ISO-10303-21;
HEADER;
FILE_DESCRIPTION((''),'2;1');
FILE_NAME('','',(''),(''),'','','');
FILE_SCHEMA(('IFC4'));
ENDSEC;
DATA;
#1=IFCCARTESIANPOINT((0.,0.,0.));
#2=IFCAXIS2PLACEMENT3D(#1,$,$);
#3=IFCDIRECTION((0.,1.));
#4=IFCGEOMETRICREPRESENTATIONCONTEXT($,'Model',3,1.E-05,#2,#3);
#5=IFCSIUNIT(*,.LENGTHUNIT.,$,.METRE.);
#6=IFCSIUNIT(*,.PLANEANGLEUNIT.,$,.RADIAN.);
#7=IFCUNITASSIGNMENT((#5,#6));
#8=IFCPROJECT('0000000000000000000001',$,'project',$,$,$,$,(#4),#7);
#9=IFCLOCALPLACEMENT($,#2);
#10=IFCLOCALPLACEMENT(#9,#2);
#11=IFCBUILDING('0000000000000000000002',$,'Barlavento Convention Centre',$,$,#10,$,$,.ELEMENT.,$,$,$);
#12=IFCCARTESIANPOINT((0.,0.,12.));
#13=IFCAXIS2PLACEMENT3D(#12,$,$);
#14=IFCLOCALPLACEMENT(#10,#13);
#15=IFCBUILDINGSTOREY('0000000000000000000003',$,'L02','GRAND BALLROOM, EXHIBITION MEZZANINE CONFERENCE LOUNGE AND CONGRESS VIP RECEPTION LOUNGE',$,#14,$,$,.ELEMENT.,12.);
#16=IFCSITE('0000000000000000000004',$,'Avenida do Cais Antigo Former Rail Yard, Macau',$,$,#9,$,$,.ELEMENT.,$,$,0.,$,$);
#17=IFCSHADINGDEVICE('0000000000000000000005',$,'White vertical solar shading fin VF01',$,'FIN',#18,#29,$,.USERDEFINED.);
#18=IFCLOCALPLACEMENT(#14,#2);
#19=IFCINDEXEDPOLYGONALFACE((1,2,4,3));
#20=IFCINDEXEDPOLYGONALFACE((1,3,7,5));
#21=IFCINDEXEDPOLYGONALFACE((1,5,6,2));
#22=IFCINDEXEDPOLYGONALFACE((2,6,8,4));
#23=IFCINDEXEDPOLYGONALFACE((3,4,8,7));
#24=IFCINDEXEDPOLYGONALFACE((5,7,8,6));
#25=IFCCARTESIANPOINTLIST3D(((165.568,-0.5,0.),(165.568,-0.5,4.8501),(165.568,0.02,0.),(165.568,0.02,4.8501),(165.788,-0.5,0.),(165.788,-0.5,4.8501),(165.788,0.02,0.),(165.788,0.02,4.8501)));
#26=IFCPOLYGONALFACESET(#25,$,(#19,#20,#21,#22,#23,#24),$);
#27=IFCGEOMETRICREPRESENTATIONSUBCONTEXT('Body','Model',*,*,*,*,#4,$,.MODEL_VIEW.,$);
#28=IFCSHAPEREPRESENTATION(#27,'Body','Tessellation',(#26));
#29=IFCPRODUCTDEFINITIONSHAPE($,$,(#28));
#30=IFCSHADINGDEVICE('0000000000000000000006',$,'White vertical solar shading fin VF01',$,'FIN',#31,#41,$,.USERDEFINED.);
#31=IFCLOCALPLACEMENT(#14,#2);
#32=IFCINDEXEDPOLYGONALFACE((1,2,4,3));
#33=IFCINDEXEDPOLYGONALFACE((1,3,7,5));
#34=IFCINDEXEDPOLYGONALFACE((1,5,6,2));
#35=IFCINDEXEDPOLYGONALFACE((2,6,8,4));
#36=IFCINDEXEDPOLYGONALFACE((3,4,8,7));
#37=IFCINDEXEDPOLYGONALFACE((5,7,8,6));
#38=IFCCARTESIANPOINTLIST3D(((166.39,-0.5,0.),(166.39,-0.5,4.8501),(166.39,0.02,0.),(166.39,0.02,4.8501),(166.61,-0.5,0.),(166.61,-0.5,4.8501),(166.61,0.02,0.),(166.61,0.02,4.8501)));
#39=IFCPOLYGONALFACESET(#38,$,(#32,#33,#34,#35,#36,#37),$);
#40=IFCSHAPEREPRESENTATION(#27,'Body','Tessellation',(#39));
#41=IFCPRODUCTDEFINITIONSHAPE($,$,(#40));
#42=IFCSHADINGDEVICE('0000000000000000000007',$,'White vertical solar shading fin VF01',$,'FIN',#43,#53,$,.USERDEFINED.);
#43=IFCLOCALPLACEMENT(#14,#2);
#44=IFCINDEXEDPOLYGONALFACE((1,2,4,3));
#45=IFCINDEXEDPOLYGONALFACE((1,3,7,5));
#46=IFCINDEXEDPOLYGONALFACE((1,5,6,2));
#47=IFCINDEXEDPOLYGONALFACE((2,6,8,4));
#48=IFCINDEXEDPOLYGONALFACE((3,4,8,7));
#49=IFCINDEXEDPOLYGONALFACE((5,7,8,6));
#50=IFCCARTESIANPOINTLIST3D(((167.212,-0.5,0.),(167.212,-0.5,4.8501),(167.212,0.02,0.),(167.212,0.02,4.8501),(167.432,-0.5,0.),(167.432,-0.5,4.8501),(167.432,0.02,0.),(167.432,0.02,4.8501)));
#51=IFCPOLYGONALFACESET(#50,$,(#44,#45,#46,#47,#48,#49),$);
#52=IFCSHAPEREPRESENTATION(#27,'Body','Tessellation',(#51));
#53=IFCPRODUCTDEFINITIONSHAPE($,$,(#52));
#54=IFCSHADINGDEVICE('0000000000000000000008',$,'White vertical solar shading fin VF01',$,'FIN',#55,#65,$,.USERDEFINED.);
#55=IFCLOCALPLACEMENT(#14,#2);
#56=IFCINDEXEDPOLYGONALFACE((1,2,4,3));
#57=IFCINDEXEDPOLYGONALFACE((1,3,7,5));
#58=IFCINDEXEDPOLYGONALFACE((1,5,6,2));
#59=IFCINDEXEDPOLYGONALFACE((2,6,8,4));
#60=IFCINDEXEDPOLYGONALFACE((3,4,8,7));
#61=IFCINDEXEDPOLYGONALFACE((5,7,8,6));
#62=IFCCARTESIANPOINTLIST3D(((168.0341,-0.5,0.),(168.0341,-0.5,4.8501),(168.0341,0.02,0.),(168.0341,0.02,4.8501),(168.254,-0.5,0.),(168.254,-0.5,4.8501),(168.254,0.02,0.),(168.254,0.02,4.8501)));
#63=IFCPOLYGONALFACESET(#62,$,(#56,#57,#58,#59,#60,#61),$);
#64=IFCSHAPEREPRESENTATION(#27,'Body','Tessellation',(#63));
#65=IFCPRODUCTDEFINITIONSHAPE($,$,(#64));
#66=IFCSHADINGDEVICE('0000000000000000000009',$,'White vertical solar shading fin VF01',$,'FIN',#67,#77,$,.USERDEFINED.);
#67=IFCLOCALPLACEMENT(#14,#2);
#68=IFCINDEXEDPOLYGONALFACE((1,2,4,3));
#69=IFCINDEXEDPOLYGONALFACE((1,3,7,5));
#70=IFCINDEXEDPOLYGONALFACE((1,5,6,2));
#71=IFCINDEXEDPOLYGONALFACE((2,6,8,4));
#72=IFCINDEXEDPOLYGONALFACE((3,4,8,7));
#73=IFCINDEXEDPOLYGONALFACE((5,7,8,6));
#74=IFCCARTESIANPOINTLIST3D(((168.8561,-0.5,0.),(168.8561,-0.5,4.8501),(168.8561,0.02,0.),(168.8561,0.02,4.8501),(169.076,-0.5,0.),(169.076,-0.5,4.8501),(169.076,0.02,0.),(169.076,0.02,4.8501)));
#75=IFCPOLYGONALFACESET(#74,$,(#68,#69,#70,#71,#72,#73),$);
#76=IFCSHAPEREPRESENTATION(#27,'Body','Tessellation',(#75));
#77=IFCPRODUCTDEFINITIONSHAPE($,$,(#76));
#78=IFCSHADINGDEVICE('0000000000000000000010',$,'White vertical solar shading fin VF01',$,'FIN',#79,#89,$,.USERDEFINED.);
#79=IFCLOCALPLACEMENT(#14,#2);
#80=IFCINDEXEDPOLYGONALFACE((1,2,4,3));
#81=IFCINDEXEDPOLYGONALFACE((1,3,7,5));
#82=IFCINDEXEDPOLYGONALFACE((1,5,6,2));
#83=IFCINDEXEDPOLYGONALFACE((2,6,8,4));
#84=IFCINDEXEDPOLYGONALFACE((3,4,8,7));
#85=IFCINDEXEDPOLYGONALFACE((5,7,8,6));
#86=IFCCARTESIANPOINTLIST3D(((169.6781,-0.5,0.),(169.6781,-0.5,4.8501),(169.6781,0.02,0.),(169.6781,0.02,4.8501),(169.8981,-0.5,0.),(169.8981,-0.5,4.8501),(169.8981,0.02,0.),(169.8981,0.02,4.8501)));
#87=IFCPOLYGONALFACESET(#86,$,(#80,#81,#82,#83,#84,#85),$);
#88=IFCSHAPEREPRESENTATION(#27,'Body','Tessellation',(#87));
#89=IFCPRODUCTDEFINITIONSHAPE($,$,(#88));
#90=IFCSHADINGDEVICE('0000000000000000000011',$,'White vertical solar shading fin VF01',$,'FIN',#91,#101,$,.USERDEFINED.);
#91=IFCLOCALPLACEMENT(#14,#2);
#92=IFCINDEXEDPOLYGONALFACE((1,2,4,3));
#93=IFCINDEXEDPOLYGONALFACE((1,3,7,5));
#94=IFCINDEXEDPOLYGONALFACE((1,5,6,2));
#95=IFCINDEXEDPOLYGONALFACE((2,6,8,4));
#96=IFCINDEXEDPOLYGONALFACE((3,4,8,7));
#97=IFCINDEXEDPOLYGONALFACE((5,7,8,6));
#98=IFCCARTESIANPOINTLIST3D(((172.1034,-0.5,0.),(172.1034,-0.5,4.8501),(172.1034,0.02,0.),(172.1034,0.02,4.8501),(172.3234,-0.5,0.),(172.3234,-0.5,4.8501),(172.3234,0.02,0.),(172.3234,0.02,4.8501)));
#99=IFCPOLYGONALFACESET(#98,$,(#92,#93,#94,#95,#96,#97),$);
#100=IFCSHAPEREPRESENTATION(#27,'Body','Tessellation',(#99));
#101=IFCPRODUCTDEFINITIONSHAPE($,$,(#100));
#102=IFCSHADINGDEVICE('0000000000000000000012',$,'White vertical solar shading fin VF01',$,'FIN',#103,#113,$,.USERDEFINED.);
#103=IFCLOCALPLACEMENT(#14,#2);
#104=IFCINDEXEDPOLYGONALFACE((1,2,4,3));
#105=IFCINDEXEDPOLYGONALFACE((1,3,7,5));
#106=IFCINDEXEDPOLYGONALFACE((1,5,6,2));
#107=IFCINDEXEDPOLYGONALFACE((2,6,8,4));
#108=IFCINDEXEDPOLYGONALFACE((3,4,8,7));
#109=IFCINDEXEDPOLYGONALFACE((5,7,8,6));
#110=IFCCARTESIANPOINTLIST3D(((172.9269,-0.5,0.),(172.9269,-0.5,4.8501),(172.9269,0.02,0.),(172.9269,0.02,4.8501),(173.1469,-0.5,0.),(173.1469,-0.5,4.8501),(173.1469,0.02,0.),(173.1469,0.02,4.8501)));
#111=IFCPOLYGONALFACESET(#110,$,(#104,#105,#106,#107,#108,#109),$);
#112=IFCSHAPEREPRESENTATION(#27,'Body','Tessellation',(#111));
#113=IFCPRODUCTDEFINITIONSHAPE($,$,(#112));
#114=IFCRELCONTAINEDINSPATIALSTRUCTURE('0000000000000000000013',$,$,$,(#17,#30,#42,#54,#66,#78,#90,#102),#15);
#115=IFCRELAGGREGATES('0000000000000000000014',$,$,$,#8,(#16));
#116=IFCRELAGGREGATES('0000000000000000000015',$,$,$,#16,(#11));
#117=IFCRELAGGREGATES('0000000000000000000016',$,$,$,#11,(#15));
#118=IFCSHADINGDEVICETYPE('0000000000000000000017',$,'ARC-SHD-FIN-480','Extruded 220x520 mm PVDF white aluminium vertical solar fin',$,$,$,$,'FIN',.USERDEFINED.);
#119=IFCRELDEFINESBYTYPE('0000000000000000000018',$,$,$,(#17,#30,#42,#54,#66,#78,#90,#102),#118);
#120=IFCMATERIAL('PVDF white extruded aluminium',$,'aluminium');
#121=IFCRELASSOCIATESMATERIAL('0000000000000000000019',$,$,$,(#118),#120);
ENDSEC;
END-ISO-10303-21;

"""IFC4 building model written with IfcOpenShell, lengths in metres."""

from ifc_helpers import new_model, si_unit, direction, frame, origin, origin_2d, place, context, subcontext, project, spatial, rectangle, extrude, material, type_object, element, save


model = new_model("IFC4")

# Units and contexts
model_context = context("Model", 3, precision=1e-05, world=origin(), true_north=direction((0.0, 1.0)))
body_context = subcontext(model_context, "Body", "Model", "MODEL_VIEW")
ifc_project = project(units=[si_unit("LENGTHUNIT", "METRE"), si_unit("PLANEANGLEUNIT", "RADIAN")], contexts=[model_context])

# Site, building, storey
site_placement = place(None, origin())
site = spatial("IfcSite", under=ifc_project, at=site_placement, Name="Avenida do Cais Antigo Former Rail Yard, Macau", CompositionType="ELEMENT", RefElevation=0.0)
building_placement = place(site_placement, origin())
building = spatial("IfcBuilding", under=site, at=building_placement, Name="Barlavento Convention Centre", CompositionType="ELEMENT")
storey_placement = place(building_placement, frame((0.0, 0.0, 12.0)))
storey = spatial("IfcBuildingStorey", under=building, at=storey_placement, Name="L02", Description="GRAND BALLROOM, EXHIBITION MEZZANINE CONFERENCE LOUNGE AND CONGRESS VIP RECEPTION LOUNGE", CompositionType="ELEMENT", Elevation=12.0)

# Shading devices
ifc_material_1 = material(Name="PVDF white extruded aluminium", Category="aluminium")
shading_device_type = type_object("IfcShadingDeviceType", Name="ARC-SHD-FIN-480", Description="Extruded 220x520 mm PVDF white aluminium vertical solar fin", ElementType="FIN", PredefinedType="USERDEFINED", material=ifc_material_1)
for number, where, z_axis, x_axis, name in (
    (1, (165.678, -0.24, 0.0), (0.0, 0.0, 1.0), (1.0, 0.0, 0.0), "White vertical solar shading fin VF01"),
    (2, (166.5, -0.24, 0.0), (0.0, 0.0, 1.0), (1.0, 0.0, 0.0), "White vertical solar shading fin VF01"),
    (3, (167.322, -0.24, 0.0), (0.0, 0.0, 1.0), (1.0, 0.0, 0.0), "White vertical solar shading fin VF01"),
    (4, (168.144, -0.24, 0.0), (0.0, 0.0, 1.0), (1.0, 0.0, 0.0), "White vertical solar shading fin VF01"),
    (5, (168.9661, -0.24, 0.0), (0.0, 0.0, 1.0), (1.0, 0.0, 0.0), "White vertical solar shading fin VF01"),
    (6, (169.7881, -0.24, 0.0), (0.0, 0.0, 1.0), (1.0, 0.0, 0.0), "White vertical solar shading fin VF01"),
    (7, (172.2134, -0.24, 0.0), (0.0, 0.0, 1.0), (1.0, 0.0, 0.0), "White vertical solar shading fin VF01"),
    (8, (173.0369, -0.24, 0.0), (0.0, 0.0, 1.0), (1.0, 0.0, 0.0), "White vertical solar shading fin VF01"),
):
    element("IfcShadingDevice", number, at=place(storey_placement, frame(where, z_axis=z_axis, x_axis=x_axis)), inside=storey, type_object=shading_device_type, Name=name, ObjectType="FIN", PredefinedType="USERDEFINED", context=body_context, shape_type="SweptSolid", body=[
        extrude(rectangle(XDim=0.22, YDim=0.52, at=origin_2d()), origin(), (0.0, 0.0, 1.0), 4.8501),
    ])

save(model, "model.ifc")
